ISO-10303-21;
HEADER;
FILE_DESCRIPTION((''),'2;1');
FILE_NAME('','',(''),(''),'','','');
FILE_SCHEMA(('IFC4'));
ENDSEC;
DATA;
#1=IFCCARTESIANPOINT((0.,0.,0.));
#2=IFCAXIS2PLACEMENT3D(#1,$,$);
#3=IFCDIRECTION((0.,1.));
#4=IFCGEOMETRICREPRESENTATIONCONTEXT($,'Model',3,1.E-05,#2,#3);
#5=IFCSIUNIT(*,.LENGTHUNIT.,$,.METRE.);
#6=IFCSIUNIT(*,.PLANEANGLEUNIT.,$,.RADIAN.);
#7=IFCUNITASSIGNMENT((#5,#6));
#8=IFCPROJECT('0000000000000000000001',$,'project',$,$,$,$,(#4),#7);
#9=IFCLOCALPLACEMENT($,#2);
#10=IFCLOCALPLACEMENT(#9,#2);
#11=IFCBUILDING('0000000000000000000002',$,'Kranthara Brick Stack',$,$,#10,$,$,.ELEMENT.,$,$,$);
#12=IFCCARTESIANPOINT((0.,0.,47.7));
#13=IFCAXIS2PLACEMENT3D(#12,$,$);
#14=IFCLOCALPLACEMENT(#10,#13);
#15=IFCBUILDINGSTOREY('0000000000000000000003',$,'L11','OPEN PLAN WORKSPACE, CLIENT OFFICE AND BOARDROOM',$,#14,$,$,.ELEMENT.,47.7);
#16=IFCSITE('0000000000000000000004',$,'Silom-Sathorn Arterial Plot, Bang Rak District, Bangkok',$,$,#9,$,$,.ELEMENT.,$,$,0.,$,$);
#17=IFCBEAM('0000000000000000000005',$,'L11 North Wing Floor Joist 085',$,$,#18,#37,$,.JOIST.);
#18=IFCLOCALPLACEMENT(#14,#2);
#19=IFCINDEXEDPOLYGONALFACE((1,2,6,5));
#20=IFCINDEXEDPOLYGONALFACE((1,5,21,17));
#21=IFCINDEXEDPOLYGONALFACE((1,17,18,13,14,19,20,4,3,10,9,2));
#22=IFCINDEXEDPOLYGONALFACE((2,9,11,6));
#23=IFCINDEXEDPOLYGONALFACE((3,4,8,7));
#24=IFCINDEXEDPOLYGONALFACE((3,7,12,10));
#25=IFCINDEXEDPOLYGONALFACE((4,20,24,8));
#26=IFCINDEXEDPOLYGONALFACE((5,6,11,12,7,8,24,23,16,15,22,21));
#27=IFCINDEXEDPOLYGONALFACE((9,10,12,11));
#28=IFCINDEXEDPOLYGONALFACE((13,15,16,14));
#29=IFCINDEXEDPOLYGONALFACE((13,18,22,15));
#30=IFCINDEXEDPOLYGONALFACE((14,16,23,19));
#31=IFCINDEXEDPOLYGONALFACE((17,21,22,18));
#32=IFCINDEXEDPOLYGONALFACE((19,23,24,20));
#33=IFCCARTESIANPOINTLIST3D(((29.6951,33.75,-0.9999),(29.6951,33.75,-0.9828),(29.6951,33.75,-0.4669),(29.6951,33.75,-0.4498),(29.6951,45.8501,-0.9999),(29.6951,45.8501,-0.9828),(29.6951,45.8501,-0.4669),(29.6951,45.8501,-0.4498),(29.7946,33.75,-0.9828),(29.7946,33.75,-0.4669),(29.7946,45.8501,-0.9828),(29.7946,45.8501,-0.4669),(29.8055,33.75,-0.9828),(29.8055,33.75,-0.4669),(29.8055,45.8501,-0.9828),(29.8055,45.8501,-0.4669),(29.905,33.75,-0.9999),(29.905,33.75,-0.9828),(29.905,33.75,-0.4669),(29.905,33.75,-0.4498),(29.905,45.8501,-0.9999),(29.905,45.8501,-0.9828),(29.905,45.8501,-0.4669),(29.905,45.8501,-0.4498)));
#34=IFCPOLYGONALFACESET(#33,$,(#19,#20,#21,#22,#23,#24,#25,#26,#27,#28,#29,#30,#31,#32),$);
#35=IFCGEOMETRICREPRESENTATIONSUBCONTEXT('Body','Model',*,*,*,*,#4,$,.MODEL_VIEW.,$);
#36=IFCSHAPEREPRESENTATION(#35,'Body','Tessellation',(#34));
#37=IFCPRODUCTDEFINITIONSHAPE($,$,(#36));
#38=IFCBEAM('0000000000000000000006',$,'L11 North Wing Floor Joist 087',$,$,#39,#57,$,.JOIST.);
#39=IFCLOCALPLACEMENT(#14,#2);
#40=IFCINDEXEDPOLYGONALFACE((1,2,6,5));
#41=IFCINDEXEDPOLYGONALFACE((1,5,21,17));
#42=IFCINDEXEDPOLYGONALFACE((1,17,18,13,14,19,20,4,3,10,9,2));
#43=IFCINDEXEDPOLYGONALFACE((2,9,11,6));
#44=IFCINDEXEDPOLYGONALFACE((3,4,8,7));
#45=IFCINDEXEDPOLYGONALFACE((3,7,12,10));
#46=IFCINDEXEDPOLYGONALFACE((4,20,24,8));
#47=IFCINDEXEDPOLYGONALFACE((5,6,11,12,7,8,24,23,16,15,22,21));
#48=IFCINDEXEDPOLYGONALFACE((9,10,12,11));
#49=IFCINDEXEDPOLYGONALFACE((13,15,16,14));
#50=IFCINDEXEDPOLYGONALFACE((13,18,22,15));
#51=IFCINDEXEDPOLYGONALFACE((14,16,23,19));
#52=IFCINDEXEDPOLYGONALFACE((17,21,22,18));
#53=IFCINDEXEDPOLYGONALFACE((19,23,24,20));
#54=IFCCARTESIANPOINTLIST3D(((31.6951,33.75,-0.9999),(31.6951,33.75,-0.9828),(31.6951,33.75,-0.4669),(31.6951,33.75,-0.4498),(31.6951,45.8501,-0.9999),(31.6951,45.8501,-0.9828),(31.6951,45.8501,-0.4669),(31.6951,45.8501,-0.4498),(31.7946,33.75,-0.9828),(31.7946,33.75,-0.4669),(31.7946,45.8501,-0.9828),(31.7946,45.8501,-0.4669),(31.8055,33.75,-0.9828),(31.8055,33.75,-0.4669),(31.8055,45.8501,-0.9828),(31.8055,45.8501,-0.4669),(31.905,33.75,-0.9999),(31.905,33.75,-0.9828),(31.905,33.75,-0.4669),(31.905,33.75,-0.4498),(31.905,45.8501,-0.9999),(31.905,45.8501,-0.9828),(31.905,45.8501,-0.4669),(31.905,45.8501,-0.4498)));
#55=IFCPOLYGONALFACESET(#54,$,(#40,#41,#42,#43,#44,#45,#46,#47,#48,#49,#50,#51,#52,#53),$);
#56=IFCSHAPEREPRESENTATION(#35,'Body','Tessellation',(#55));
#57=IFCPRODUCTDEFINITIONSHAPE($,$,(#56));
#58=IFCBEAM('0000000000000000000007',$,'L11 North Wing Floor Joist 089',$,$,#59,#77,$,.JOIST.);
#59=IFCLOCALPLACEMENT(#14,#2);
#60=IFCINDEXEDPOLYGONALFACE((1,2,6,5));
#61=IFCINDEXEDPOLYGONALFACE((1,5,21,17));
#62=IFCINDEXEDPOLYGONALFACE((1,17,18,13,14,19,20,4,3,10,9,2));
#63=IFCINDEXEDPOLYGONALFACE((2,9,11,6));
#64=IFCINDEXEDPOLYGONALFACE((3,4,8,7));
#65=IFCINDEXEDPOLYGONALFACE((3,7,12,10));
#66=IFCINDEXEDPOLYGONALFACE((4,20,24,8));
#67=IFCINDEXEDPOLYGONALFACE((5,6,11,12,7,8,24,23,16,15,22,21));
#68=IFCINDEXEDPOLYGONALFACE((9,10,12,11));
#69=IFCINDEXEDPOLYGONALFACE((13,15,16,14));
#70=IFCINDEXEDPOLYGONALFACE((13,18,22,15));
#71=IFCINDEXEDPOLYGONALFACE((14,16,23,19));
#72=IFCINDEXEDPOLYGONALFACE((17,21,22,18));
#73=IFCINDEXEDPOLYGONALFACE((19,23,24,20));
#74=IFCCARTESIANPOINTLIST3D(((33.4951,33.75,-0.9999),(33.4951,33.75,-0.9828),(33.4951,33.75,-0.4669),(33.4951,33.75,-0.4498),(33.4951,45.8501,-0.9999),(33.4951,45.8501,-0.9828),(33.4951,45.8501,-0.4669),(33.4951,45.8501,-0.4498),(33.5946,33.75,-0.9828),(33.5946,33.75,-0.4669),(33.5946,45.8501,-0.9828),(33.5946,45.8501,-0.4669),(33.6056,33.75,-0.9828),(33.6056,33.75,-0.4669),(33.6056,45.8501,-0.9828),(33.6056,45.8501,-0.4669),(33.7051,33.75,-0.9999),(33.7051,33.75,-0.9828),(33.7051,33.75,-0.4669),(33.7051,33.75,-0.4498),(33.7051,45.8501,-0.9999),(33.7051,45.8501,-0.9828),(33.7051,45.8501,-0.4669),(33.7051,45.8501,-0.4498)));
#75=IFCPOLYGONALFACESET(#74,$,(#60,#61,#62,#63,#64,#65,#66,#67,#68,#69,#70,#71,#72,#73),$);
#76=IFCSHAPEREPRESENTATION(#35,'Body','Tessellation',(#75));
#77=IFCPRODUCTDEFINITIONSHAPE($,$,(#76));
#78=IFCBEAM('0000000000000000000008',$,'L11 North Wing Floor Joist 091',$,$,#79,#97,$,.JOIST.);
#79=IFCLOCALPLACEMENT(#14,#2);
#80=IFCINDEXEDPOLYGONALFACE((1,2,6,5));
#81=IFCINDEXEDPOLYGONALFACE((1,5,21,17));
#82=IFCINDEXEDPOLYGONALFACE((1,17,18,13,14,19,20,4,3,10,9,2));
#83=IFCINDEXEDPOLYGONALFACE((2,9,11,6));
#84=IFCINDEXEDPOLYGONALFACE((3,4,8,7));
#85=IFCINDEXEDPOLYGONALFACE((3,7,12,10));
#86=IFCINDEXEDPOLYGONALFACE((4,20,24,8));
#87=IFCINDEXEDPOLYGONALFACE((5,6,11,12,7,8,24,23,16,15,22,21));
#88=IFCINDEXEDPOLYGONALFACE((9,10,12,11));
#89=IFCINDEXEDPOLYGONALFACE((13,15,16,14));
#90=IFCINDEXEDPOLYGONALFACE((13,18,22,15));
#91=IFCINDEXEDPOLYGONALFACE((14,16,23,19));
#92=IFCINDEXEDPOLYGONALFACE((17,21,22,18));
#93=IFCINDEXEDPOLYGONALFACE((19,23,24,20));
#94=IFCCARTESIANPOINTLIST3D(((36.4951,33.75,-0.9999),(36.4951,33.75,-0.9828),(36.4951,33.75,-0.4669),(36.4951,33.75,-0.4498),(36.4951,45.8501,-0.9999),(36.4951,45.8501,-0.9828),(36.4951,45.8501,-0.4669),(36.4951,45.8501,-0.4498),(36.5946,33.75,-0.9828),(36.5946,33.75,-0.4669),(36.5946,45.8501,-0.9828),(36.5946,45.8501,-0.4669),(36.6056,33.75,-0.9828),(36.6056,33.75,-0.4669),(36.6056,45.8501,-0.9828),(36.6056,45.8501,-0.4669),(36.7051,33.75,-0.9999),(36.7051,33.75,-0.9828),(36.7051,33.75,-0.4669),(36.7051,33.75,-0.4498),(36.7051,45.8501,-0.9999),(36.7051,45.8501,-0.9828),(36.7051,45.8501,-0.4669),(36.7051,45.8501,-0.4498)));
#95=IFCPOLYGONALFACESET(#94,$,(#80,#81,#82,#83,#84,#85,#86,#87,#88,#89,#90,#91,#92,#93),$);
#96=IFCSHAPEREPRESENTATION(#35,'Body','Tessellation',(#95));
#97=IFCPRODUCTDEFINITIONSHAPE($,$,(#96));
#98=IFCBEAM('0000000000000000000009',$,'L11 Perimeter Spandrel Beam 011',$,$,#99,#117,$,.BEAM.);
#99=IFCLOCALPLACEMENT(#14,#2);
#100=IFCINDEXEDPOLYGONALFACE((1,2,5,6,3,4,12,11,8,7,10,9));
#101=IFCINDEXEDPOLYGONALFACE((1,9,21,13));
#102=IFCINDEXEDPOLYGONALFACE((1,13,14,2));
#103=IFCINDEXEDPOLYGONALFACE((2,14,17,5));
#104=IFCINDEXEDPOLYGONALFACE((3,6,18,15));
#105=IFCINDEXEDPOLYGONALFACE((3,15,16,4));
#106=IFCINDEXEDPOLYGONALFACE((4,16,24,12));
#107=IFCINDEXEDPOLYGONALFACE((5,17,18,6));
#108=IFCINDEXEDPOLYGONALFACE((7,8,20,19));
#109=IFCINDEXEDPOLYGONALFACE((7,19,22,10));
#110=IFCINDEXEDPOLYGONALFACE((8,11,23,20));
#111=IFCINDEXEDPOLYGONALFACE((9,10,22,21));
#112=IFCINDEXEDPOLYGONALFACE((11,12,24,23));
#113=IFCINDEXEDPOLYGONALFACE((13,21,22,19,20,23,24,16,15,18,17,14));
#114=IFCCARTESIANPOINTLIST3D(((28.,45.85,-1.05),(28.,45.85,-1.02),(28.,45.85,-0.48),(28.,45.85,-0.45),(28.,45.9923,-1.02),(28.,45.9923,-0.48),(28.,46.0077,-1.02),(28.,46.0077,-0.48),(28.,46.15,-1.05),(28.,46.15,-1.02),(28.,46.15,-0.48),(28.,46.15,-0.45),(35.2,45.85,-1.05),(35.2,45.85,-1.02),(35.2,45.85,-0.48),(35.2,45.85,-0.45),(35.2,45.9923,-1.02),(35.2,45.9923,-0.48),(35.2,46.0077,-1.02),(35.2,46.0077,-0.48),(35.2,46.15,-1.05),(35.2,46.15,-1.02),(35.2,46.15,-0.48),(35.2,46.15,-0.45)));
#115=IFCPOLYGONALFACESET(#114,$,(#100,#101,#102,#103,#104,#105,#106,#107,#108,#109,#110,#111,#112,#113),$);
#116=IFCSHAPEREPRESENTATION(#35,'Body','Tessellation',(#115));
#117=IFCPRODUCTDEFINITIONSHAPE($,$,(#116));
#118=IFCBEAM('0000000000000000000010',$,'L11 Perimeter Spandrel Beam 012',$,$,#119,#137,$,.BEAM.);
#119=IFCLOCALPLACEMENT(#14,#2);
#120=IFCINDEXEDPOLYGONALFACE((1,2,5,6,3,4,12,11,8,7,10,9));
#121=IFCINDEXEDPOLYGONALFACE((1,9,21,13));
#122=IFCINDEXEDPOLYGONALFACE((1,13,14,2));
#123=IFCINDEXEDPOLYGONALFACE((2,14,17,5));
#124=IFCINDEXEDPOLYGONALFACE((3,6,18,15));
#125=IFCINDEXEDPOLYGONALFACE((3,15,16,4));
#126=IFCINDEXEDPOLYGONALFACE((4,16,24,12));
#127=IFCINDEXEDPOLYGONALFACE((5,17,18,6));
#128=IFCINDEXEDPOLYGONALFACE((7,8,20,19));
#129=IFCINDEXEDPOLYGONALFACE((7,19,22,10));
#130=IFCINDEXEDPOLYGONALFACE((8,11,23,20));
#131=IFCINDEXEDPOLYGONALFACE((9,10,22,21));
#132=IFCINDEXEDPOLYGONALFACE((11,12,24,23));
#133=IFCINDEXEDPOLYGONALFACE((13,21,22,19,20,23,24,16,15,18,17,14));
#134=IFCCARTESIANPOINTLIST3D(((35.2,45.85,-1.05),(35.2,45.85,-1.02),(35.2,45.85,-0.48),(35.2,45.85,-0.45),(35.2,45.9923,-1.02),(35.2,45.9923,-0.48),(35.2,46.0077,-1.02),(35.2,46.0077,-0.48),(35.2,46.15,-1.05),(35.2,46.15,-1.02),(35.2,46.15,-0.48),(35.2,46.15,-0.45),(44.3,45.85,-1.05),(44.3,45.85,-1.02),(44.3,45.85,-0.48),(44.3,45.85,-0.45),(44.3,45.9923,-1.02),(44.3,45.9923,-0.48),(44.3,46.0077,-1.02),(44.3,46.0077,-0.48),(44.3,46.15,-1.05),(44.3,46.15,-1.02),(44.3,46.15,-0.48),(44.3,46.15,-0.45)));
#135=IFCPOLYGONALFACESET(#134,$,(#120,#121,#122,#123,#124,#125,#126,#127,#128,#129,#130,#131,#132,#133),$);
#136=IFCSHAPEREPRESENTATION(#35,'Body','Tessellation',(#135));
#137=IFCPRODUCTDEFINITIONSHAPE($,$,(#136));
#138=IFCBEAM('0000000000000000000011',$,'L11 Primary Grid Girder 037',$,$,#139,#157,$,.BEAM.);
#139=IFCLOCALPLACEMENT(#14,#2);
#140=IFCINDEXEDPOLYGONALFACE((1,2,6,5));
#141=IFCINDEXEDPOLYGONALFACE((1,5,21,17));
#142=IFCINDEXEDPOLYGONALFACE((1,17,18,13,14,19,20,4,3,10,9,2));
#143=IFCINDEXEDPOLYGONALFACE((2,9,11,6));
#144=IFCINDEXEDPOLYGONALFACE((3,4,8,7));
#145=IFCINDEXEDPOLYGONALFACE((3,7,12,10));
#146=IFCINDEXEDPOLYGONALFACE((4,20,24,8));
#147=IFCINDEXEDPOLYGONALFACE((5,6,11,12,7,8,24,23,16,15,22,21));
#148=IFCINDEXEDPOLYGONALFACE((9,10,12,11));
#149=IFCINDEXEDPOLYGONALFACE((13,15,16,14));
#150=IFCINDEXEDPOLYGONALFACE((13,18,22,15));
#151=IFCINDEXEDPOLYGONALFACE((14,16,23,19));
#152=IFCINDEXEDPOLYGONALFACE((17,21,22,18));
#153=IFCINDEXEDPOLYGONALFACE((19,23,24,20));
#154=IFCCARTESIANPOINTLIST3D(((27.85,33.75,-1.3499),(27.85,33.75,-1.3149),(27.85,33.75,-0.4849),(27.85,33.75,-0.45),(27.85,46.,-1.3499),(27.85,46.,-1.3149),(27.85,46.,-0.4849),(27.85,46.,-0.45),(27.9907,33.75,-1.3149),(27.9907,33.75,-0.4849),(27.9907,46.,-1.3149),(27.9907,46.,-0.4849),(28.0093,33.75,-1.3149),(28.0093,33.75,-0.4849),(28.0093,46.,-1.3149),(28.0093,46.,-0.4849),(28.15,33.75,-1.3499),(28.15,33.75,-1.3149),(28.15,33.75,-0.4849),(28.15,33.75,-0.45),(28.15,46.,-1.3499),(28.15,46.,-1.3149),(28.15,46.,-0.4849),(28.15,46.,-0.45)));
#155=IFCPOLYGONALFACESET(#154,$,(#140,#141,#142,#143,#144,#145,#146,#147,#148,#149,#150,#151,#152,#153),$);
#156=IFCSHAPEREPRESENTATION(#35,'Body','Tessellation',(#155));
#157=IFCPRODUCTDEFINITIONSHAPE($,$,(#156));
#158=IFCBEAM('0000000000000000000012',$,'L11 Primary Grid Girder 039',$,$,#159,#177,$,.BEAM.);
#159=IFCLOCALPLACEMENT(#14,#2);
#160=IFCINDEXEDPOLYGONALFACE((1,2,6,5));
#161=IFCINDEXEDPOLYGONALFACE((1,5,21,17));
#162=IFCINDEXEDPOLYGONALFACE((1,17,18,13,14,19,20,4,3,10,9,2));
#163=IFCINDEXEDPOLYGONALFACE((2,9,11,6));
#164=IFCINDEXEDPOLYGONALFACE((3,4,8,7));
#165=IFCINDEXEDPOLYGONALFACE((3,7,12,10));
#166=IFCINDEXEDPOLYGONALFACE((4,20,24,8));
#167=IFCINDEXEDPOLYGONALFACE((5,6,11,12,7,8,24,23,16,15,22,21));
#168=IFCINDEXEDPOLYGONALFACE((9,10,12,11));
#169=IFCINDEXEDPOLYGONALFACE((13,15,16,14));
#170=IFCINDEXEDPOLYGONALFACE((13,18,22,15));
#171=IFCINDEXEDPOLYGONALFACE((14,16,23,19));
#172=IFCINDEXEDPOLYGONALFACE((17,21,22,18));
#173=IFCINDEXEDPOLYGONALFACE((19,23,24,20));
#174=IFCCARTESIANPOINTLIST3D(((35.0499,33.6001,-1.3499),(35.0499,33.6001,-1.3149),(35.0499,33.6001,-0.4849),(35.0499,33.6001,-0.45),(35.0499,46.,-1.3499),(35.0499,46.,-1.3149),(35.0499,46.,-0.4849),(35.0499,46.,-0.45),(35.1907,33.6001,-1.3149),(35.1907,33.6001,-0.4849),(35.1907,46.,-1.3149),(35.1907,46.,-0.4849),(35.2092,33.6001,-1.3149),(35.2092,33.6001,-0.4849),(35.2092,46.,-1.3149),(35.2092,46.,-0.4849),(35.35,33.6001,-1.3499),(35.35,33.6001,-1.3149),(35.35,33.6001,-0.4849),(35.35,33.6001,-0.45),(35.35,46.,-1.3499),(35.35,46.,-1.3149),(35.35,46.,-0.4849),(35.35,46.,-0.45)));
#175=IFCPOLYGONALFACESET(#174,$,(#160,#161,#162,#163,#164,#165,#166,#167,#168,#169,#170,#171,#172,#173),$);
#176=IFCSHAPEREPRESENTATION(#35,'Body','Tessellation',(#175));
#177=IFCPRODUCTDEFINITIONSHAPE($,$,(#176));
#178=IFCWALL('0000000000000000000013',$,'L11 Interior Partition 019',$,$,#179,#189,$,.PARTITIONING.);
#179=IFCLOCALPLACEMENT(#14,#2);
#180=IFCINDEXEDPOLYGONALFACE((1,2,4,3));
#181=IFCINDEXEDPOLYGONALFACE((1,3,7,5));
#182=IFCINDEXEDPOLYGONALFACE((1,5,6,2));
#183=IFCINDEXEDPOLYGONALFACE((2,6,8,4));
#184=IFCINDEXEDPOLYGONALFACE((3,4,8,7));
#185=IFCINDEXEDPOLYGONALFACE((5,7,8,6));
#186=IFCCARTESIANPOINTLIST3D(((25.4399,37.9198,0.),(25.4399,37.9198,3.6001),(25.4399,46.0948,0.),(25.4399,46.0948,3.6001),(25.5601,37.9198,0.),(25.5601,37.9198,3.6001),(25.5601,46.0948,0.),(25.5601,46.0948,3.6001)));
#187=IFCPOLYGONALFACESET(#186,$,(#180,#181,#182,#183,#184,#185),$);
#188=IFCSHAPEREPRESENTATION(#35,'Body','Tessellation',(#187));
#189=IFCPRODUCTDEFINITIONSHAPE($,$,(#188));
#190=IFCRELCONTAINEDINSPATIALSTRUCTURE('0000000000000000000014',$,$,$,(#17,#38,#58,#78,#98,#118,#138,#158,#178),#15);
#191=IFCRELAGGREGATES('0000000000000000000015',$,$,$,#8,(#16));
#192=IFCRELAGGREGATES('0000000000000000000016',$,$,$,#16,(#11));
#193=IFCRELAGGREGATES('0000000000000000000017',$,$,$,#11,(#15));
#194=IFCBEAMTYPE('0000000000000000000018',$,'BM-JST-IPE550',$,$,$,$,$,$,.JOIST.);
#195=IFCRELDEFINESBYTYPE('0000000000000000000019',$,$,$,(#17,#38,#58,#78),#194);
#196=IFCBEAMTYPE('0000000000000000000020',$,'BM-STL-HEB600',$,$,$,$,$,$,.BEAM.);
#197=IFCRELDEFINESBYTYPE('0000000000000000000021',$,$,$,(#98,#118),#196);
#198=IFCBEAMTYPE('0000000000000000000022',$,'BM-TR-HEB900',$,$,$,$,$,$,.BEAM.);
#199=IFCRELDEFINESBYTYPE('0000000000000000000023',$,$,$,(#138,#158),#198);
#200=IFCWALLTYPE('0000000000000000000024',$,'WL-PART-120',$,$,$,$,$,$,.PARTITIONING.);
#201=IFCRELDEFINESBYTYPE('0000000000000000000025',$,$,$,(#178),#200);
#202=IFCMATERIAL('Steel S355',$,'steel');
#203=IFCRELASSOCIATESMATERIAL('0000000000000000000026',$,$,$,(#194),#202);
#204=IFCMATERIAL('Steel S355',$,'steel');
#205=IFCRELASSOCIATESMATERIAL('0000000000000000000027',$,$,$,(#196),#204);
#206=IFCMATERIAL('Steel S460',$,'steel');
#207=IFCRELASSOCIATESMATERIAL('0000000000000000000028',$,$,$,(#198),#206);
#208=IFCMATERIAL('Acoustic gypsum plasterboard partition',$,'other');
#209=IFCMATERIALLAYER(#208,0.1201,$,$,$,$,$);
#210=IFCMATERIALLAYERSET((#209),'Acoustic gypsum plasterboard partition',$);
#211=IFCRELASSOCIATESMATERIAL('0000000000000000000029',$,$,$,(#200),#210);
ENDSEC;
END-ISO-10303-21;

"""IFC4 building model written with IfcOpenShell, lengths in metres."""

from ifc_helpers import new_model, si_unit, direction, frame, frame_2d, origin, origin_2d, place, context, subcontext, project, spatial, rectangle, i_section, extrude, material, layer, layer_set, material_profile, profile_set, type_object, element, save


model = new_model("IFC4")

# Units and contexts
model_context = context("Model", 3, precision=1e-05, world=origin(), true_north=direction((0.0, 1.0)))
body_context = subcontext(model_context, "Body", "Model", "MODEL_VIEW")
ifc_project = project(units=[si_unit("LENGTHUNIT", "METRE"), si_unit("PLANEANGLEUNIT", "RADIAN")], contexts=[model_context])

# Site, building, storey
site_placement = place(None, origin())
site = spatial("IfcSite", under=ifc_project, at=site_placement, Name="Silom-Sathorn Arterial Plot, Bang Rak District, Bangkok", CompositionType="ELEMENT", RefElevation=0.0)
building_placement = place(site_placement, origin())
building = spatial("IfcBuilding", under=site, at=building_placement, Name="Kranthara Brick Stack", CompositionType="ELEMENT")
storey_placement = place(building_placement, frame((0.0, 0.0, 47.7)))
storey = spatial("IfcBuildingStorey", under=building, at=storey_placement, Name="L11", Description="OPEN PLAN WORKSPACE, CLIENT OFFICE AND BOARDROOM", CompositionType="ELEMENT", Elevation=47.7)

# Beams
ifc_material_1 = material(Name="Steel S355", Category="steel")
ifc_material_profile_1 = material_profile(ifc_material_1, i_section(OverallWidth=0.21, OverallDepth=0.55, WebThickness=0.011, FlangeThickness=0.0171, at=origin_2d()), Name="IPE 550")
ifc_profile_set_1 = profile_set([ifc_material_profile_1], Name="Steel S355")
beam_type_1 = type_object("IfcBeamType", Name="BM-JST-IPE550", PredefinedType="JOIST", material=ifc_profile_set_1)
for number, where, z_axis, x_axis, name in (
    (1, (29.8, 33.75, -0.7249), (0.0, 1.0, 0.0), (-1.0, 0.0, 0.0), "L11 North Wing Floor Joist 085"),
    (2, (31.8, 33.75, -0.7249), (0.0, 1.0, 0.0), (-1.0, 0.0, 0.0), "L11 North Wing Floor Joist 087"),
    (3, (33.6001, 33.75, -0.7249), (0.0, 1.0, 0.0), (-1.0, 0.0, 0.0), "L11 North Wing Floor Joist 089"),
    (4, (36.6001, 33.75, -0.7249), (0.0, 1.0, 0.0), (-1.0, 0.0, 0.0), "L11 North Wing Floor Joist 091"),
):
    element("IfcBeam", number, at=place(storey_placement, frame(where, z_axis=z_axis, x_axis=x_axis)), inside=storey, type_object=beam_type_1, Name=name, PredefinedType="JOIST", context=body_context, shape_type="SweptSolid", body=[
        extrude(i_section(OverallWidth=0.21, OverallDepth=0.55, WebThickness=0.011, FlangeThickness=0.0171, at=origin_2d()), origin(), (0.0, 0.0, 1.0), 12.1001),
    ])
ifc_material_2 = material(Name="Steel S355", Category="steel")
ifc_material_profile_2 = material_profile(ifc_material_2, i_section(OverallWidth=0.3, OverallDepth=0.6001, WebThickness=0.0154, FlangeThickness=0.03, at=origin_2d()), Name="HEB 600")
ifc_profile_set_2 = profile_set([ifc_material_profile_2], Name="Steel S355")
beam_type_2 = type_object("IfcBeamType", Name="BM-STL-HEB600", PredefinedType="BEAM", material=ifc_profile_set_2)
beam_1_placement = place(storey_placement, frame((28.0, 46.0, -0.75), z_axis=(1.0, 0.0, 0.0), x_axis=(0.0, 1.0, 0.0)))
element("IfcBeam", 5, at=beam_1_placement, inside=storey, type_object=beam_type_2, Name="L11 Perimeter Spandrel Beam 011", PredefinedType="BEAM", context=body_context, shape_type="SweptSolid", body=[
    extrude(i_section(OverallWidth=0.3, OverallDepth=0.6001, WebThickness=0.0154, FlangeThickness=0.03, at=origin_2d()), origin(), (0.0, 0.0, 1.0), 7.2),
])
beam_2_placement = place(storey_placement, frame((35.2, 46.0, -0.75), z_axis=(1.0, 0.0, 0.0), x_axis=(0.0, 1.0, 0.0)))
element("IfcBeam", 6, at=beam_2_placement, inside=storey, type_object=beam_type_2, Name="L11 Perimeter Spandrel Beam 012", PredefinedType="BEAM", context=body_context, shape_type="SweptSolid", body=[
    extrude(i_section(OverallWidth=0.3, OverallDepth=0.6001, WebThickness=0.0154, FlangeThickness=0.03, at=origin_2d()), origin(), (0.0, 0.0, 1.0), 9.1001),
])
ifc_material_3 = material(Name="Steel S460", Category="steel")
ifc_material_profile_3 = material_profile(ifc_material_3, i_section(OverallWidth=0.3, OverallDepth=0.8999, WebThickness=0.0186, FlangeThickness=0.0349, at=origin_2d()), Name="HEB 900")
ifc_profile_set_3 = profile_set([ifc_material_profile_3], Name="Steel S460")
beam_type_3 = type_object("IfcBeamType", Name="BM-TR-HEB900", PredefinedType="BEAM", material=ifc_profile_set_3)
beam_3_placement = place(storey_placement, frame((28.0, 33.75, -0.8999), z_axis=(0.0, 1.0, 0.0), x_axis=(-1.0, 0.0, 0.0)))
element("IfcBeam", 7, at=beam_3_placement, inside=storey, type_object=beam_type_3, Name="L11 Primary Grid Girder 037", PredefinedType="BEAM", context=body_context, shape_type="SweptSolid", body=[
    extrude(i_section(OverallWidth=0.3, OverallDepth=0.8999, WebThickness=0.0186, FlangeThickness=0.0349, at=origin_2d()), origin(), (0.0, 0.0, 1.0), 12.25),
])
beam_4_placement = place(storey_placement, frame((35.2, 33.6001, -0.8999), z_axis=(0.0, 1.0, 0.0), x_axis=(-1.0, 0.0, 0.0)))
element("IfcBeam", 8, at=beam_4_placement, inside=storey, type_object=beam_type_3, Name="L11 Primary Grid Girder 039", PredefinedType="BEAM", context=body_context, shape_type="SweptSolid", body=[
    extrude(i_section(OverallWidth=0.3, OverallDepth=0.8999, WebThickness=0.0186, FlangeThickness=0.0349, at=origin_2d()), origin(), (0.0, 0.0, 1.0), 12.3999),
])

# Wall
ifc_material_4 = material(Name="Acoustic gypsum plasterboard partition", Category="other")
ifc_layer_1 = layer(ifc_material_4, 0.1201)
ifc_layer_set_1 = layer_set([ifc_layer_1], Name="Acoustic gypsum plasterboard partition")
wall_type_1 = type_object("IfcWallType", Name="WL-PART-120", PredefinedType="PARTITIONING", material=ifc_layer_set_1)
wall_1_placement = place(storey_placement, frame((25.5, 37.9199, 0.0), z_axis=(0.0, 0.0, 1.0), x_axis=(0.0, 1.0, 0.0)))
element("IfcWall", 9, at=wall_1_placement, inside=storey, type_object=wall_type_1, Name="L11 Interior Partition 019", PredefinedType="PARTITIONING", context=body_context, shape_type="SweptSolid", body=[
    extrude(rectangle(XDim=8.175, YDim=0.1201, at=frame_2d((4.0874, 0.0))), origin(), (0.0, 0.0, 1.0), 3.6001),
])

save(model, "model.ifc")
